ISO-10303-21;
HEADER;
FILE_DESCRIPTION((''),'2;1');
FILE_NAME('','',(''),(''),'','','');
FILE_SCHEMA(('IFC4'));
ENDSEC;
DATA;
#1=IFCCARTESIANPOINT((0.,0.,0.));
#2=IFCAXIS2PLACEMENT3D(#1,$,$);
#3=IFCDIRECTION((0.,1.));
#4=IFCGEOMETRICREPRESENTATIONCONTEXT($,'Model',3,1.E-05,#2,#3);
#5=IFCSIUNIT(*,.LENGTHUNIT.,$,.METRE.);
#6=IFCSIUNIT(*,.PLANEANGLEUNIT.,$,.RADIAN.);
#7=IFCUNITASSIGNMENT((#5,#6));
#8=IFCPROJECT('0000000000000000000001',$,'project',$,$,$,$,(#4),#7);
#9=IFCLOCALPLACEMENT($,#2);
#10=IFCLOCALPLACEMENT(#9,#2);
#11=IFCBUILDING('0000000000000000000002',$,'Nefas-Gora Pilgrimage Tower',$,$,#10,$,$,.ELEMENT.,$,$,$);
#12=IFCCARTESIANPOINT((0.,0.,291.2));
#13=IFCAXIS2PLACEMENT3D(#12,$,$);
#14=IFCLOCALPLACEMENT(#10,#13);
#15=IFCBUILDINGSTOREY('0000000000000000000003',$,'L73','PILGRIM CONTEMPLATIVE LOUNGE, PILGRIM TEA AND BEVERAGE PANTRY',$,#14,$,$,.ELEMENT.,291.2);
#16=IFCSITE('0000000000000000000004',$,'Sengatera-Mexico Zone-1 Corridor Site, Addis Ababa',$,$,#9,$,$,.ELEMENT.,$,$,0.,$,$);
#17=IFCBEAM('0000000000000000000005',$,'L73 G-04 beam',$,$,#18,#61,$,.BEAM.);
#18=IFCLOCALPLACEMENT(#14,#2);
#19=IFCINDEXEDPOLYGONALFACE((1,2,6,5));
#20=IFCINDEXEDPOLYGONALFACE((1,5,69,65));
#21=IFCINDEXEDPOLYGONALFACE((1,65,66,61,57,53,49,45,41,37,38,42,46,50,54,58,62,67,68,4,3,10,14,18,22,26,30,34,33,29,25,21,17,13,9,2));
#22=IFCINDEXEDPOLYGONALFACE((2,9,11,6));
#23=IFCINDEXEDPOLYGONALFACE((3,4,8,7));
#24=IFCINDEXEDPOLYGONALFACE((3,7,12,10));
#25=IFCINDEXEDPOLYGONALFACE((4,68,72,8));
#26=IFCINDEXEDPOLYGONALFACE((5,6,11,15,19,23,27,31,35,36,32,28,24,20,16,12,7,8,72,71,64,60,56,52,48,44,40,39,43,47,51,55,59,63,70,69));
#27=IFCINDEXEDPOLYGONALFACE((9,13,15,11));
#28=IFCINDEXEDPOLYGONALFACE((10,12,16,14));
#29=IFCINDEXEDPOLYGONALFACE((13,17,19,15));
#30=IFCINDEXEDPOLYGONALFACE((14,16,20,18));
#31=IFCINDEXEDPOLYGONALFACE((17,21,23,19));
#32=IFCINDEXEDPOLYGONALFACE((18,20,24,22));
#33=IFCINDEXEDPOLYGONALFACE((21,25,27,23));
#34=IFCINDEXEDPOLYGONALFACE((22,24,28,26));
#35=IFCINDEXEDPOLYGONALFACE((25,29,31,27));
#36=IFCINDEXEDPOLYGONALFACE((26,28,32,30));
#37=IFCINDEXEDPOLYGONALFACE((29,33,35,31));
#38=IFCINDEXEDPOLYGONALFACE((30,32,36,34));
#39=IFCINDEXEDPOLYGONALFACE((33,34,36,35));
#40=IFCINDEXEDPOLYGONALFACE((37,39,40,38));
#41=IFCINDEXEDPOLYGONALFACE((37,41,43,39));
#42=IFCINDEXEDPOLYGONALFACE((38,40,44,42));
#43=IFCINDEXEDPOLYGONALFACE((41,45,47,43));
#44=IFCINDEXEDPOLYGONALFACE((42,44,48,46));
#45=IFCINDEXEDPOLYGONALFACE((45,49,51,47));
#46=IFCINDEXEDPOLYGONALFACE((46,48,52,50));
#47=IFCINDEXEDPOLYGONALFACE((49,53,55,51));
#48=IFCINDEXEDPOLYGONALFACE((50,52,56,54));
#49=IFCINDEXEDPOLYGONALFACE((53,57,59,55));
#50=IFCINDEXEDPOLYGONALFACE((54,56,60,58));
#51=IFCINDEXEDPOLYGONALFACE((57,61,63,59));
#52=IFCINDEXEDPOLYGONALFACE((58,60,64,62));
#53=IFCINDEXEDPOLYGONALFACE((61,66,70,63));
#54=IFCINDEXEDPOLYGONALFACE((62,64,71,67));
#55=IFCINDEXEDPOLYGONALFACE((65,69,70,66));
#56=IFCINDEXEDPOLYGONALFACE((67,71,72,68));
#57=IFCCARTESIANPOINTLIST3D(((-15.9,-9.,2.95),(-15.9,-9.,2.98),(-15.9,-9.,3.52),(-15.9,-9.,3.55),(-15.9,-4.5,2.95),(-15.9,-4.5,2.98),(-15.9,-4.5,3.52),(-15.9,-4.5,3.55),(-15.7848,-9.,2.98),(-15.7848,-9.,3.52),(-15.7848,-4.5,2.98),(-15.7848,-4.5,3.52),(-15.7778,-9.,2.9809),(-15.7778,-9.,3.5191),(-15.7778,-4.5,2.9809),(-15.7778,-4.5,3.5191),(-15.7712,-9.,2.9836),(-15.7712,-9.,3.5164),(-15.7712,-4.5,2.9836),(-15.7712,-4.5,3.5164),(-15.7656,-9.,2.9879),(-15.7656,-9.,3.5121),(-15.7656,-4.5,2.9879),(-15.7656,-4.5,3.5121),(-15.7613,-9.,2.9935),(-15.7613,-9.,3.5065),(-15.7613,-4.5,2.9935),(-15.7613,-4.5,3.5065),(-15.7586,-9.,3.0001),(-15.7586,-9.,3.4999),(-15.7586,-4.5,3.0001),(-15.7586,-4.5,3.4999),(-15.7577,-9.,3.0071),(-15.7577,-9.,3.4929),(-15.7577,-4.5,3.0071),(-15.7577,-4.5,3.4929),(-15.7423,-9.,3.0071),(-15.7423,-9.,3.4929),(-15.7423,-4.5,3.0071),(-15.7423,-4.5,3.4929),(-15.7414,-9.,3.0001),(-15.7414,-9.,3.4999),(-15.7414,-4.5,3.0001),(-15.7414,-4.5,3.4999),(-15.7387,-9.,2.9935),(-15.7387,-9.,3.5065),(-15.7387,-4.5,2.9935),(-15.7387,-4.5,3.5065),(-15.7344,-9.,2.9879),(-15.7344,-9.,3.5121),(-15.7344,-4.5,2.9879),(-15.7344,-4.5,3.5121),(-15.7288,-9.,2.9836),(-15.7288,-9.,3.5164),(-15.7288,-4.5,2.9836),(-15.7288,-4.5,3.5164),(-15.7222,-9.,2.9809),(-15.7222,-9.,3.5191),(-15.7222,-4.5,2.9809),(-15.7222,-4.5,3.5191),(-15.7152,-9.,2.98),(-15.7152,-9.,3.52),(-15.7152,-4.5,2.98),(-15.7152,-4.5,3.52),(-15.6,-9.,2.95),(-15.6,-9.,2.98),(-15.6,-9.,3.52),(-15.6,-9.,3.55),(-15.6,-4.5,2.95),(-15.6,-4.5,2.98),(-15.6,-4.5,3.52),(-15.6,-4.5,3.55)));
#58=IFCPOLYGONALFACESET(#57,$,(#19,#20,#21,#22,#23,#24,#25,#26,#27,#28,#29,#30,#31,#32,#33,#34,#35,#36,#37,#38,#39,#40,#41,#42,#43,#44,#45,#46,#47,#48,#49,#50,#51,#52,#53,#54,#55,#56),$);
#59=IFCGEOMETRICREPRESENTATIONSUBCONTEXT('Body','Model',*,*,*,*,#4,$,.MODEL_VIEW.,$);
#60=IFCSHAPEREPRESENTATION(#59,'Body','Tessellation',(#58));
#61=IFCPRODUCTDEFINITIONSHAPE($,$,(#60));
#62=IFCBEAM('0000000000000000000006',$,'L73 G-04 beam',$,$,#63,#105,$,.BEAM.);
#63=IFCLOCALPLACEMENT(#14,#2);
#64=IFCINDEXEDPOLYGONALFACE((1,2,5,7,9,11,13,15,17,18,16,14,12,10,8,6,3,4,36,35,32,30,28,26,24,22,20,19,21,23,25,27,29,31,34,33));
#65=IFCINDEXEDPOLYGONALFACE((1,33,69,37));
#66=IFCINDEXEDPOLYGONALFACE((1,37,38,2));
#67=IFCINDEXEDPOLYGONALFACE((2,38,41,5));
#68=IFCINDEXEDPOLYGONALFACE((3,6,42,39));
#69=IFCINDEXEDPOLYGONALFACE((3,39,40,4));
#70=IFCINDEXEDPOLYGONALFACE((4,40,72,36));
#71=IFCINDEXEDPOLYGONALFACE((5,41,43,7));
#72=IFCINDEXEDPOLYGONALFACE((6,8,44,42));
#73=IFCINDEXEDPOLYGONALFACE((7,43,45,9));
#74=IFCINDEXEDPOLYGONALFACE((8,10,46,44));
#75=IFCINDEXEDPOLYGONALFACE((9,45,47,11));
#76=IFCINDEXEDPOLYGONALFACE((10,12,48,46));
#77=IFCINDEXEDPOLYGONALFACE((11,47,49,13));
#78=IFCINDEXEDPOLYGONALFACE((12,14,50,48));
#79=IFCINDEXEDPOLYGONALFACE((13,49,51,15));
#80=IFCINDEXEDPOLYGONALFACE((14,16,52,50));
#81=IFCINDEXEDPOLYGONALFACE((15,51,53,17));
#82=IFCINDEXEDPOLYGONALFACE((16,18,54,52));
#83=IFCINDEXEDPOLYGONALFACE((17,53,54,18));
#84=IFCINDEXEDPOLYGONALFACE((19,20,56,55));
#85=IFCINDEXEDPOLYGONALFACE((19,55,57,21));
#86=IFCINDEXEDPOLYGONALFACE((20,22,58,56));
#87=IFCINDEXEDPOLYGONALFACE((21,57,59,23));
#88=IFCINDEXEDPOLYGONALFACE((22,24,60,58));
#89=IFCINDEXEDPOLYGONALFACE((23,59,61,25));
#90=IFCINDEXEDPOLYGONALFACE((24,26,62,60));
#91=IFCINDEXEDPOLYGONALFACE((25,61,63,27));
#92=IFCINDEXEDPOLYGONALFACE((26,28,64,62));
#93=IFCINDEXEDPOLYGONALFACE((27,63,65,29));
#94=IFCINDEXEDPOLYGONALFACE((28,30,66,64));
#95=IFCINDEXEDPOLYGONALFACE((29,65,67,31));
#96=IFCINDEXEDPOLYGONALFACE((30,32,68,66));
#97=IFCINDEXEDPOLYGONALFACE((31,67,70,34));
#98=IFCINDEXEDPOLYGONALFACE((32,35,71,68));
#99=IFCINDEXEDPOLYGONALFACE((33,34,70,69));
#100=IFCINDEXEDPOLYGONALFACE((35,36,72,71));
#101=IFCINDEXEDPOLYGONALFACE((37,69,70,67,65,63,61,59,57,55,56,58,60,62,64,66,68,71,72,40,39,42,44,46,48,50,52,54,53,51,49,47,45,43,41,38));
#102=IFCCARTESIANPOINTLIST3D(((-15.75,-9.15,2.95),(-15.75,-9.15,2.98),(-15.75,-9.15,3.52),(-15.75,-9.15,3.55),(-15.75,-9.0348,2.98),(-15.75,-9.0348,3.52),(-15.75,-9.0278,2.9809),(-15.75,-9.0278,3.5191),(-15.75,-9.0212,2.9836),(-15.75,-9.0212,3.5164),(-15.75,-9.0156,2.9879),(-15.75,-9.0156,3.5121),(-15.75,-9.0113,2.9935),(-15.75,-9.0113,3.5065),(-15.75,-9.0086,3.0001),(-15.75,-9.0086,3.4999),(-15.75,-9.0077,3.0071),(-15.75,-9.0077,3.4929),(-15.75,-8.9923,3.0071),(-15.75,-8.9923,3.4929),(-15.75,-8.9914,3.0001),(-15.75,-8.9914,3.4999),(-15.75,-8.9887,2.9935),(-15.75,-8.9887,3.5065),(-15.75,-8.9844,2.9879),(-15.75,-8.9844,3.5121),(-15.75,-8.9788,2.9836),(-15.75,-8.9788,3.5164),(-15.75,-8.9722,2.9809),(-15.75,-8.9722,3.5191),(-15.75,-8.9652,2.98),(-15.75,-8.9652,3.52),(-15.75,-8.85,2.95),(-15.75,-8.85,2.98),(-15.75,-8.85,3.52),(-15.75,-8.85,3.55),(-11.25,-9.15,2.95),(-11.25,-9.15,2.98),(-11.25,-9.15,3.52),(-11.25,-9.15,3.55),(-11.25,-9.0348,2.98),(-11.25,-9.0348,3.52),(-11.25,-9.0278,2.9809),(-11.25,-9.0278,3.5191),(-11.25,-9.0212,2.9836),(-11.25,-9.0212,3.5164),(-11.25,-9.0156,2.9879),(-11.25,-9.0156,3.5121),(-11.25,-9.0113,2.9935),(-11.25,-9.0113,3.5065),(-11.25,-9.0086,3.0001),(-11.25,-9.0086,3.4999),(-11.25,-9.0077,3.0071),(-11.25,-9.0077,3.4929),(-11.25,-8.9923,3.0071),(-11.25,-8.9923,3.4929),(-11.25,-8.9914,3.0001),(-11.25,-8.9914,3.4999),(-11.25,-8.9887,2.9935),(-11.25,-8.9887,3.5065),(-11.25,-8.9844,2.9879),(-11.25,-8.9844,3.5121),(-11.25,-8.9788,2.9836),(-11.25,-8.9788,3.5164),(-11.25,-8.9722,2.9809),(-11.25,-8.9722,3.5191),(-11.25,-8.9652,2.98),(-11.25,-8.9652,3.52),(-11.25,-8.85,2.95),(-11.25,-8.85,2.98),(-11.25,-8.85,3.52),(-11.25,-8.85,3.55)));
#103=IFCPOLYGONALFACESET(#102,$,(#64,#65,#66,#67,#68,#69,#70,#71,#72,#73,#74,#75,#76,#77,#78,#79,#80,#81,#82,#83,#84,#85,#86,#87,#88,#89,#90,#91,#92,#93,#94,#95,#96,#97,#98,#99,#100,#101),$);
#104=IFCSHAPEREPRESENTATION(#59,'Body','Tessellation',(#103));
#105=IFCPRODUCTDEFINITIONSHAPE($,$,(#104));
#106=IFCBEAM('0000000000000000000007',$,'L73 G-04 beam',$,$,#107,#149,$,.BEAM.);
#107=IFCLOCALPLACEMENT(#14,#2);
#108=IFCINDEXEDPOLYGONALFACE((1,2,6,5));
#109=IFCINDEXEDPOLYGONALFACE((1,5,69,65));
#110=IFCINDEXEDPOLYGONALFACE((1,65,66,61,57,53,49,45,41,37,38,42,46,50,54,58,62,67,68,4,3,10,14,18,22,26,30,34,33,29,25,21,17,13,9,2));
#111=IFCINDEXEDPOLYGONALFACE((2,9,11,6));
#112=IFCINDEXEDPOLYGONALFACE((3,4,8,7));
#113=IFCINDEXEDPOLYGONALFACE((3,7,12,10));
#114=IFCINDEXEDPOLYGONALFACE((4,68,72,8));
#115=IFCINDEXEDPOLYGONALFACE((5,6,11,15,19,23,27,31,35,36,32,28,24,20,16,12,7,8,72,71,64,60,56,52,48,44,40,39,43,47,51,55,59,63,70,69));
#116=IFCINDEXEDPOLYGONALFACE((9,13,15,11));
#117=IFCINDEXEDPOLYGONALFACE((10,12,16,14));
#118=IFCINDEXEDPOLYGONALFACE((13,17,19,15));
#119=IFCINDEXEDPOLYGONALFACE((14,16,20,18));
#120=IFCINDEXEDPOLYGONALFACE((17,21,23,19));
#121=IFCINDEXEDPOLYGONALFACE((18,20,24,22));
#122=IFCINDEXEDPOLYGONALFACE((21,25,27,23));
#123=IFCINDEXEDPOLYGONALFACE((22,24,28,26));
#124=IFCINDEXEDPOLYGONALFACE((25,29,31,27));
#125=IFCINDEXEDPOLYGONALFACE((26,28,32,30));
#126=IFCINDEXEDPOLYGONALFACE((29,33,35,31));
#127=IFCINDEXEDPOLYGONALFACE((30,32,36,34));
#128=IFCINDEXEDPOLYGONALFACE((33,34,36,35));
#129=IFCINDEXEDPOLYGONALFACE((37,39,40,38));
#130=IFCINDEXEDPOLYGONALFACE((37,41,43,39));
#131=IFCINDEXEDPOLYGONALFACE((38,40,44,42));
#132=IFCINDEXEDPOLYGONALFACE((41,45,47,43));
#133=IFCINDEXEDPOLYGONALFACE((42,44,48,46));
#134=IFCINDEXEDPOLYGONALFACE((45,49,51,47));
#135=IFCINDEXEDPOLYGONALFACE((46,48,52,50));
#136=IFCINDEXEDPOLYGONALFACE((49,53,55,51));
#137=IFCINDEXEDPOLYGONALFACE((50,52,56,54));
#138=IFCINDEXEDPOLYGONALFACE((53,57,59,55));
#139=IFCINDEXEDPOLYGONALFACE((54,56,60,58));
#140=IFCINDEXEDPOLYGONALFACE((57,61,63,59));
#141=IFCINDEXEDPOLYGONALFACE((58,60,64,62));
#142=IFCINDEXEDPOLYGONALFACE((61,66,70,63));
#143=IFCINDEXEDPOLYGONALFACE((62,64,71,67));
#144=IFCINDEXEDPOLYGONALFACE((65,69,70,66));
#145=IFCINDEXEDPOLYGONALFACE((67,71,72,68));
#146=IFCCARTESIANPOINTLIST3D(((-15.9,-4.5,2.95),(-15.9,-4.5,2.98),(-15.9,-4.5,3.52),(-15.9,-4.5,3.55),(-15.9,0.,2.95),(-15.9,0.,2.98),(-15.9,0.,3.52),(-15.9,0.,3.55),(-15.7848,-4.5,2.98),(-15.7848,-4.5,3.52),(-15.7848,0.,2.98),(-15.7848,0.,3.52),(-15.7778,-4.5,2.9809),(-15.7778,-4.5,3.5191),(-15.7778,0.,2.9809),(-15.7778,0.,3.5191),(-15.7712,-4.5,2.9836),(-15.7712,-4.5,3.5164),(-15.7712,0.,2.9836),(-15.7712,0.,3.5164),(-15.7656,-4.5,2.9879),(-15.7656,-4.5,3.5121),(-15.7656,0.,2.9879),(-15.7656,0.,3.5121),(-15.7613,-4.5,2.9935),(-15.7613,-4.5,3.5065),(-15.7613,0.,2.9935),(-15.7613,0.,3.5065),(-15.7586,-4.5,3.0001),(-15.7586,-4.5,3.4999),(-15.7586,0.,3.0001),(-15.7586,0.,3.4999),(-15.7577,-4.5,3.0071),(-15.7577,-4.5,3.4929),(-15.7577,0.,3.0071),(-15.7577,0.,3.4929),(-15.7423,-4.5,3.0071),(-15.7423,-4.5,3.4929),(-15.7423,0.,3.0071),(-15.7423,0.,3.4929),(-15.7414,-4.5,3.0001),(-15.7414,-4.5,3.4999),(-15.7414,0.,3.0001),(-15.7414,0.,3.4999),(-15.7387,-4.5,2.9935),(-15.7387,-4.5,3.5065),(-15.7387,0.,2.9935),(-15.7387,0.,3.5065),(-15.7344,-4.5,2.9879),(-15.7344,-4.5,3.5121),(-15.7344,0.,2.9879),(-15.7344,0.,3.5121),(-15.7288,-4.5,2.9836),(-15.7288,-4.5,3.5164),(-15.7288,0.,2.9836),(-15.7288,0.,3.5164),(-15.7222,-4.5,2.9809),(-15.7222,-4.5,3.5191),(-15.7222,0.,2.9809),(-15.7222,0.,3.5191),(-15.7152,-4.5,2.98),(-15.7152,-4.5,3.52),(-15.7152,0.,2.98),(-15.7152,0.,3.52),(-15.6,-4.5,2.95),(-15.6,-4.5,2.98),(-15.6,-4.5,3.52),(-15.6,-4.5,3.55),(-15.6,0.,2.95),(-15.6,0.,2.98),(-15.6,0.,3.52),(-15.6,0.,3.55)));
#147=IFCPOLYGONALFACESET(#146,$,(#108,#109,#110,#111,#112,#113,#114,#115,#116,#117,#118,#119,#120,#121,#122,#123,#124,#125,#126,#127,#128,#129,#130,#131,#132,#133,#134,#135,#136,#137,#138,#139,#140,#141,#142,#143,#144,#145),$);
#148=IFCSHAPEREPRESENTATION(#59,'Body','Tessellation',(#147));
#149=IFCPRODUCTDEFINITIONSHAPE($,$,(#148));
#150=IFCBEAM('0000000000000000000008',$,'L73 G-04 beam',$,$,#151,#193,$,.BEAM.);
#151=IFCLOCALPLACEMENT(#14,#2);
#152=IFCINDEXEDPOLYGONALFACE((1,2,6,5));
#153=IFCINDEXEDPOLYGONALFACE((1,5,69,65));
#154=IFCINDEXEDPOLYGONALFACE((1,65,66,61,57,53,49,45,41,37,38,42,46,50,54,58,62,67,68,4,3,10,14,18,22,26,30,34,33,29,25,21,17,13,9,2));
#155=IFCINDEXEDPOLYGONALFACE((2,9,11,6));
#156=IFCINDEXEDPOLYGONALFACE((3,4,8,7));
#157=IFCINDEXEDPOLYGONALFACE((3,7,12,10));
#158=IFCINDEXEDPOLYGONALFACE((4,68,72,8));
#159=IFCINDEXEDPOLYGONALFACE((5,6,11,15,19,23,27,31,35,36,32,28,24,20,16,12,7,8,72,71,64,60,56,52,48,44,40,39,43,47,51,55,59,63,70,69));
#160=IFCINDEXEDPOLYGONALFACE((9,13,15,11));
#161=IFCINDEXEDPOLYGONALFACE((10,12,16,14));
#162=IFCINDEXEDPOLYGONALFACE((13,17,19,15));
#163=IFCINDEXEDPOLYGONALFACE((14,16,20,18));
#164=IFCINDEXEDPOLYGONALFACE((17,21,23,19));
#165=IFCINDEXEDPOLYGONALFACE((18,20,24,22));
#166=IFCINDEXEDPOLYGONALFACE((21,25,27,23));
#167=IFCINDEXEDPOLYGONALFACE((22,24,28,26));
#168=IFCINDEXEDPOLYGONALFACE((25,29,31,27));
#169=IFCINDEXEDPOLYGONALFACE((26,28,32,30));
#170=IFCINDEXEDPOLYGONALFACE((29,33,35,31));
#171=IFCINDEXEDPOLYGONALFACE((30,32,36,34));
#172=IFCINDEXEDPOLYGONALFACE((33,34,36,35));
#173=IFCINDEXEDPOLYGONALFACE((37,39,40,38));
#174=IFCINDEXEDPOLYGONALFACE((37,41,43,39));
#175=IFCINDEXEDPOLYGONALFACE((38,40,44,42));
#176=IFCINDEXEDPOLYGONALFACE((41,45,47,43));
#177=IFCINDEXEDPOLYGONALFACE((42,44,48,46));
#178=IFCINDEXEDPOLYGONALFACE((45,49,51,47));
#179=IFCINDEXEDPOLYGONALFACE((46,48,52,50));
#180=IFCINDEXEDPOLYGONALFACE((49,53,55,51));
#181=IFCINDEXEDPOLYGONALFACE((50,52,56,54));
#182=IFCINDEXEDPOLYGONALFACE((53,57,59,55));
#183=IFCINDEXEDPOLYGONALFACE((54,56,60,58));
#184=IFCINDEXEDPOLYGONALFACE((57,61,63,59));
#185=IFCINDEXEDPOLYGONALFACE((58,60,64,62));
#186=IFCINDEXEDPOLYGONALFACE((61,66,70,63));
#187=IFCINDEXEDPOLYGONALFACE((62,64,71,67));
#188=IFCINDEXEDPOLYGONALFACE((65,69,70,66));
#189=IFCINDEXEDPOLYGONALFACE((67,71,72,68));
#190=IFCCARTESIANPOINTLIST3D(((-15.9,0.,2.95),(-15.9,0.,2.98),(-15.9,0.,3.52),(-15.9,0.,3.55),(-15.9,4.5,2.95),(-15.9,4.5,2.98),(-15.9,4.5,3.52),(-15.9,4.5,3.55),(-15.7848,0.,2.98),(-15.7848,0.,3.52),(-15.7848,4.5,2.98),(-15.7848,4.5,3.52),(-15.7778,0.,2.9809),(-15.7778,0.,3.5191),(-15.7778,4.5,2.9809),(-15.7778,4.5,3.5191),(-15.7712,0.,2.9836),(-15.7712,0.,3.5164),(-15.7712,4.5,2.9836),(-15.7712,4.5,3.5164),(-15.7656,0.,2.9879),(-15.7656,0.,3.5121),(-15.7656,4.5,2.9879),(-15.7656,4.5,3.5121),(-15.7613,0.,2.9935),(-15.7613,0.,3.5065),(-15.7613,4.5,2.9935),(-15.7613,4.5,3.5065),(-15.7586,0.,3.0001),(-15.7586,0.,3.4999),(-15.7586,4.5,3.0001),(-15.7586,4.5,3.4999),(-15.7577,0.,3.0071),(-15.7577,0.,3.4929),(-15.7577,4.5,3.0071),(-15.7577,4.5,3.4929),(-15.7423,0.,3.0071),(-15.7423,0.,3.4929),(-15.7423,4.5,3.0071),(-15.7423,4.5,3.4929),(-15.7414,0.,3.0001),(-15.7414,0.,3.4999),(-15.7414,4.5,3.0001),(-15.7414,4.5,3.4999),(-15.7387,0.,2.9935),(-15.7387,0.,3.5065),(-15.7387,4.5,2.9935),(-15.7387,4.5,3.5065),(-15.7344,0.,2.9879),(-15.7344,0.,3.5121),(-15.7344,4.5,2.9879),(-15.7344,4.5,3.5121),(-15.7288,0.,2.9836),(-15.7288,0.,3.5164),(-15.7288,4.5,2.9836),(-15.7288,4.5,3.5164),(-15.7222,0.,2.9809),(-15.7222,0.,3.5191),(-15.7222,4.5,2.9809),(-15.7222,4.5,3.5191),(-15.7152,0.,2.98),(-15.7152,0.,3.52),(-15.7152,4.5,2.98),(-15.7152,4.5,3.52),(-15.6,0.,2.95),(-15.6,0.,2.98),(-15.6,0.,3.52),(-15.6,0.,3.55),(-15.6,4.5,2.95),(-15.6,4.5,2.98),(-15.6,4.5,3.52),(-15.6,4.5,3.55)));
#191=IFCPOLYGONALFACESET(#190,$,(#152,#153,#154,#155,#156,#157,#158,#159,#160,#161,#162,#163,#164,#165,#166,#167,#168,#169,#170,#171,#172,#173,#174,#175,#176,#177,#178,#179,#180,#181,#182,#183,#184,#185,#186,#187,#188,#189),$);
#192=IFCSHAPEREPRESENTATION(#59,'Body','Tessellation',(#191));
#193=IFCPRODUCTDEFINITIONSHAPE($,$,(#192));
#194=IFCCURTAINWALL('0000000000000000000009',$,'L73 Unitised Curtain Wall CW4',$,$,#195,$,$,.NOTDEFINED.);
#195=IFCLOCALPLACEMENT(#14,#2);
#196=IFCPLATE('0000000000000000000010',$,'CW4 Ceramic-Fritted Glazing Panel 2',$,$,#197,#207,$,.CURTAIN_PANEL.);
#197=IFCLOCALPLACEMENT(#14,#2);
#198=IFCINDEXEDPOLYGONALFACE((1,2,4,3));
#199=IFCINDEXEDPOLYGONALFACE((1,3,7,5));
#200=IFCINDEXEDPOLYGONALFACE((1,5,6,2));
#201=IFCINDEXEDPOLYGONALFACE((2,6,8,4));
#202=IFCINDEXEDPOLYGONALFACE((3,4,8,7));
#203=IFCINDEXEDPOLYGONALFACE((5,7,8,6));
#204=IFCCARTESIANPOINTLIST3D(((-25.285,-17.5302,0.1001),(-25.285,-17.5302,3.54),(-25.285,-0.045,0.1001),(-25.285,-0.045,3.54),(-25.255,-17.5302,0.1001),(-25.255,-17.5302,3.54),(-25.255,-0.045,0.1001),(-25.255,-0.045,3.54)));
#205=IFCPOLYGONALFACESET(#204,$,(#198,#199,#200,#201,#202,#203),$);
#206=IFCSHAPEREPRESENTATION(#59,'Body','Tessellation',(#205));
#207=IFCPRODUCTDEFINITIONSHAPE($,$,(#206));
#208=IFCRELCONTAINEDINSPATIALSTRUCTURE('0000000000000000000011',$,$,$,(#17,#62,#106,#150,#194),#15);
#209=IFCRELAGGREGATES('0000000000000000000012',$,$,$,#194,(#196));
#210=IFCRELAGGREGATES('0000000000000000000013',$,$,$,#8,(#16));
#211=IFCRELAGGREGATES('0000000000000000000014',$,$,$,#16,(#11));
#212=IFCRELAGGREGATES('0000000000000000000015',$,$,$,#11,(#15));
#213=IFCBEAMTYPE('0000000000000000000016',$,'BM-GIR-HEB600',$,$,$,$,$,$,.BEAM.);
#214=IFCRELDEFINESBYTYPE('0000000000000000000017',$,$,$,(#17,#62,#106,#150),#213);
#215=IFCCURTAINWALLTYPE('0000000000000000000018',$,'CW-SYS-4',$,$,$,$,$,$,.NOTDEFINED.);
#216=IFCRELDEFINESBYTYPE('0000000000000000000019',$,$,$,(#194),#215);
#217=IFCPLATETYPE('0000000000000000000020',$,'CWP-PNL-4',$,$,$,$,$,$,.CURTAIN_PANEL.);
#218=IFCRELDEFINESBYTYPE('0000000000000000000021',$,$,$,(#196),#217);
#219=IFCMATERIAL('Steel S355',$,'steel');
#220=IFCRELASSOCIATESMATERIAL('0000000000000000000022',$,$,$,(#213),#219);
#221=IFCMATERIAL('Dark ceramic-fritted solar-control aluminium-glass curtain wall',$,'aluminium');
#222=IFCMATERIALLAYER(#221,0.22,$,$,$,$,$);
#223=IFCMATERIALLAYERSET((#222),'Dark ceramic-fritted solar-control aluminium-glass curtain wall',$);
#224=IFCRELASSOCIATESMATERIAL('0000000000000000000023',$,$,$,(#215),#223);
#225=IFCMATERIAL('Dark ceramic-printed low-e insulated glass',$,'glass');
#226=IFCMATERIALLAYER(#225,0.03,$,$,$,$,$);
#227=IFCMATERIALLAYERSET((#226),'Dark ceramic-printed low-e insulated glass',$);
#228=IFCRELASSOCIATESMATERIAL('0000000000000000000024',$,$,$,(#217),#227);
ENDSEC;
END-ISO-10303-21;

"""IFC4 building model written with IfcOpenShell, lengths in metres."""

from ifc_helpers import new_model, si_unit, direction, frame, origin, origin_2d, place, context, subcontext, project, spatial, rectangle, i_section, extrude, source, transform, mapped, material, layer, layer_set, material_profile, profile_set, type_object, element, aggregate, save


model = new_model("IFC4")

# Units and contexts
model_context = context("Model", 3, precision=1e-05, world=origin(), true_north=direction((0.0, 1.0)))
body_context = subcontext(model_context, "Body", "Model", "MODEL_VIEW")
ifc_project = project(units=[si_unit("LENGTHUNIT", "METRE"), si_unit("PLANEANGLEUNIT", "RADIAN")], contexts=[model_context])

# Site, building, storey
site_placement = place(None, origin())
site = spatial("IfcSite", under=ifc_project, at=site_placement, Name="Sengatera-Mexico Zone-1 Corridor Site, Addis Ababa", CompositionType="ELEMENT", RefElevation=0.0)
building_placement = place(site_placement, origin())
building = spatial("IfcBuilding", under=site, at=building_placement, Name="Nefas-Gora Pilgrimage Tower", CompositionType="ELEMENT")
storey_placement = place(building_placement, frame((0.0, 0.0, 291.2)))
storey = spatial("IfcBuildingStorey", under=building, at=storey_placement, Name="L73", Description="PILGRIM CONTEMPLATIVE LOUNGE, PILGRIM TEA AND BEVERAGE PANTRY", CompositionType="ELEMENT", Elevation=291.2)

# Shared definitions
ifc_material_1 = material(Name="Steel S355", Category="steel")

# Beams
ifc_material_profile_1 = material_profile(ifc_material_1, i_section(OverallWidth=0.3, OverallDepth=0.6001, WebThickness=0.0154, FlangeThickness=0.03, FilletRadius=0.0271, at=origin_2d()), Name="HEB 600")
ifc_profile_set_1 = profile_set([ifc_material_profile_1], Name="Steel S355")
beam_type_1 = type_object("IfcBeamType", Name="BM-GIR-HEB600", PredefinedType="BEAM", material=ifc_profile_set_1)
shared_shape_1 = source(origin(), body_context, "Body", "SweptSolid", [
    extrude(i_section(OverallWidth=0.3, OverallDepth=0.6001, WebThickness=0.0154, FlangeThickness=0.03, FilletRadius=0.0271, at=origin_2d()), origin(), (0.0, 0.0, 1.0), 4.5),
])
for number, where, z_axis, x_axis, name in (
    (1, (-15.75, -9.0, 3.25), (0.0, 1.0, 0.0), (-1.0, 0.0, 0.0), "L73 G-04 beam"),
    (2, (-15.75, -9.0, 3.25), (1.0, 0.0, 0.0), (0.0, 1.0, 0.0), "L73 G-04 beam"),
    (3, (-15.75, -4.5, 3.25), (0.0, 1.0, 0.0), (-1.0, 0.0, 0.0), "L73 G-04 beam"),
    (4, (-15.75, 0.0, 3.25), (0.0, 1.0, 0.0), (-1.0, 0.0, 0.0), "L73 G-04 beam"),
):
    element("IfcBeam", number, at=place(storey_placement, frame(where, z_axis=z_axis, x_axis=x_axis)), inside=storey, type_object=beam_type_1, Name=name, PredefinedType="BEAM", context=body_context, shape_type="MappedRepresentation", body=[
        mapped(shared_shape_1, transform((0.0, 0.0, 0.0), x_axis=(1.0, 0.0, 0.0), y_axis=(0.0, 1.0, 0.0), z_axis=(0.0, 0.0, 1.0), scale=1.0)),
    ])

# Curtain wall, plate
ifc_material_2 = material(Name="Dark ceramic-fritted solar-control aluminium-glass curtain wall", Category="aluminium")
ifc_layer_1 = layer(ifc_material_2, 0.22)
ifc_layer_set_1 = layer_set([ifc_layer_1], Name="Dark ceramic-fritted solar-control aluminium-glass curtain wall")
curtain_wall_type = type_object("IfcCurtainWallType", Name="CW-SYS-4", PredefinedType="NOTDEFINED", material=ifc_layer_set_1)
curtain_wall_placement = place(storey_placement, origin())
curtain_wall = element("IfcCurtainWall", 5, at=curtain_wall_placement, inside=storey, type_object=curtain_wall_type, Name="L73 Unitised Curtain Wall CW4", PredefinedType="NOTDEFINED")
ifc_material_3 = material(Name="Dark ceramic-printed low-e insulated glass", Category="glass")
ifc_layer_2 = layer(ifc_material_3, 0.03)
ifc_layer_set_2 = layer_set([ifc_layer_2], Name="Dark ceramic-printed low-e insulated glass")
plate_type = type_object("IfcPlateType", Name="CWP-PNL-4", PredefinedType="CURTAIN_PANEL", material=ifc_layer_set_2)
shared_shape_2 = source(origin(), body_context, "Body", "SweptSolid", [
    extrude(rectangle(XDim=17.4851, YDim=0.03, at=origin_2d()), origin(), (0.0, 0.0, 1.0), 3.4399),
])
plate_placement = place(storey_placement, frame((-25.27, -8.7876, 0.1001), z_axis=(0.0, 0.0, 1.0), x_axis=(0.0, -1.0, 0.0)))
plate = element("IfcPlate", 6, at=plate_placement, type_object=plate_type, Name="CW4 Ceramic-Fritted Glazing Panel 2", PredefinedType="CURTAIN_PANEL", context=body_context, shape_type="MappedRepresentation", body=[
    mapped(shared_shape_2, transform((0.0, 0.0, 0.0), x_axis=(1.0, 0.0, 0.0), y_axis=(0.0, 1.0, 0.0), z_axis=(0.0, 0.0, 1.0), scale=1.0)),
])
aggregate(curtain_wall, [plate])

save(model, "model.ifc")
